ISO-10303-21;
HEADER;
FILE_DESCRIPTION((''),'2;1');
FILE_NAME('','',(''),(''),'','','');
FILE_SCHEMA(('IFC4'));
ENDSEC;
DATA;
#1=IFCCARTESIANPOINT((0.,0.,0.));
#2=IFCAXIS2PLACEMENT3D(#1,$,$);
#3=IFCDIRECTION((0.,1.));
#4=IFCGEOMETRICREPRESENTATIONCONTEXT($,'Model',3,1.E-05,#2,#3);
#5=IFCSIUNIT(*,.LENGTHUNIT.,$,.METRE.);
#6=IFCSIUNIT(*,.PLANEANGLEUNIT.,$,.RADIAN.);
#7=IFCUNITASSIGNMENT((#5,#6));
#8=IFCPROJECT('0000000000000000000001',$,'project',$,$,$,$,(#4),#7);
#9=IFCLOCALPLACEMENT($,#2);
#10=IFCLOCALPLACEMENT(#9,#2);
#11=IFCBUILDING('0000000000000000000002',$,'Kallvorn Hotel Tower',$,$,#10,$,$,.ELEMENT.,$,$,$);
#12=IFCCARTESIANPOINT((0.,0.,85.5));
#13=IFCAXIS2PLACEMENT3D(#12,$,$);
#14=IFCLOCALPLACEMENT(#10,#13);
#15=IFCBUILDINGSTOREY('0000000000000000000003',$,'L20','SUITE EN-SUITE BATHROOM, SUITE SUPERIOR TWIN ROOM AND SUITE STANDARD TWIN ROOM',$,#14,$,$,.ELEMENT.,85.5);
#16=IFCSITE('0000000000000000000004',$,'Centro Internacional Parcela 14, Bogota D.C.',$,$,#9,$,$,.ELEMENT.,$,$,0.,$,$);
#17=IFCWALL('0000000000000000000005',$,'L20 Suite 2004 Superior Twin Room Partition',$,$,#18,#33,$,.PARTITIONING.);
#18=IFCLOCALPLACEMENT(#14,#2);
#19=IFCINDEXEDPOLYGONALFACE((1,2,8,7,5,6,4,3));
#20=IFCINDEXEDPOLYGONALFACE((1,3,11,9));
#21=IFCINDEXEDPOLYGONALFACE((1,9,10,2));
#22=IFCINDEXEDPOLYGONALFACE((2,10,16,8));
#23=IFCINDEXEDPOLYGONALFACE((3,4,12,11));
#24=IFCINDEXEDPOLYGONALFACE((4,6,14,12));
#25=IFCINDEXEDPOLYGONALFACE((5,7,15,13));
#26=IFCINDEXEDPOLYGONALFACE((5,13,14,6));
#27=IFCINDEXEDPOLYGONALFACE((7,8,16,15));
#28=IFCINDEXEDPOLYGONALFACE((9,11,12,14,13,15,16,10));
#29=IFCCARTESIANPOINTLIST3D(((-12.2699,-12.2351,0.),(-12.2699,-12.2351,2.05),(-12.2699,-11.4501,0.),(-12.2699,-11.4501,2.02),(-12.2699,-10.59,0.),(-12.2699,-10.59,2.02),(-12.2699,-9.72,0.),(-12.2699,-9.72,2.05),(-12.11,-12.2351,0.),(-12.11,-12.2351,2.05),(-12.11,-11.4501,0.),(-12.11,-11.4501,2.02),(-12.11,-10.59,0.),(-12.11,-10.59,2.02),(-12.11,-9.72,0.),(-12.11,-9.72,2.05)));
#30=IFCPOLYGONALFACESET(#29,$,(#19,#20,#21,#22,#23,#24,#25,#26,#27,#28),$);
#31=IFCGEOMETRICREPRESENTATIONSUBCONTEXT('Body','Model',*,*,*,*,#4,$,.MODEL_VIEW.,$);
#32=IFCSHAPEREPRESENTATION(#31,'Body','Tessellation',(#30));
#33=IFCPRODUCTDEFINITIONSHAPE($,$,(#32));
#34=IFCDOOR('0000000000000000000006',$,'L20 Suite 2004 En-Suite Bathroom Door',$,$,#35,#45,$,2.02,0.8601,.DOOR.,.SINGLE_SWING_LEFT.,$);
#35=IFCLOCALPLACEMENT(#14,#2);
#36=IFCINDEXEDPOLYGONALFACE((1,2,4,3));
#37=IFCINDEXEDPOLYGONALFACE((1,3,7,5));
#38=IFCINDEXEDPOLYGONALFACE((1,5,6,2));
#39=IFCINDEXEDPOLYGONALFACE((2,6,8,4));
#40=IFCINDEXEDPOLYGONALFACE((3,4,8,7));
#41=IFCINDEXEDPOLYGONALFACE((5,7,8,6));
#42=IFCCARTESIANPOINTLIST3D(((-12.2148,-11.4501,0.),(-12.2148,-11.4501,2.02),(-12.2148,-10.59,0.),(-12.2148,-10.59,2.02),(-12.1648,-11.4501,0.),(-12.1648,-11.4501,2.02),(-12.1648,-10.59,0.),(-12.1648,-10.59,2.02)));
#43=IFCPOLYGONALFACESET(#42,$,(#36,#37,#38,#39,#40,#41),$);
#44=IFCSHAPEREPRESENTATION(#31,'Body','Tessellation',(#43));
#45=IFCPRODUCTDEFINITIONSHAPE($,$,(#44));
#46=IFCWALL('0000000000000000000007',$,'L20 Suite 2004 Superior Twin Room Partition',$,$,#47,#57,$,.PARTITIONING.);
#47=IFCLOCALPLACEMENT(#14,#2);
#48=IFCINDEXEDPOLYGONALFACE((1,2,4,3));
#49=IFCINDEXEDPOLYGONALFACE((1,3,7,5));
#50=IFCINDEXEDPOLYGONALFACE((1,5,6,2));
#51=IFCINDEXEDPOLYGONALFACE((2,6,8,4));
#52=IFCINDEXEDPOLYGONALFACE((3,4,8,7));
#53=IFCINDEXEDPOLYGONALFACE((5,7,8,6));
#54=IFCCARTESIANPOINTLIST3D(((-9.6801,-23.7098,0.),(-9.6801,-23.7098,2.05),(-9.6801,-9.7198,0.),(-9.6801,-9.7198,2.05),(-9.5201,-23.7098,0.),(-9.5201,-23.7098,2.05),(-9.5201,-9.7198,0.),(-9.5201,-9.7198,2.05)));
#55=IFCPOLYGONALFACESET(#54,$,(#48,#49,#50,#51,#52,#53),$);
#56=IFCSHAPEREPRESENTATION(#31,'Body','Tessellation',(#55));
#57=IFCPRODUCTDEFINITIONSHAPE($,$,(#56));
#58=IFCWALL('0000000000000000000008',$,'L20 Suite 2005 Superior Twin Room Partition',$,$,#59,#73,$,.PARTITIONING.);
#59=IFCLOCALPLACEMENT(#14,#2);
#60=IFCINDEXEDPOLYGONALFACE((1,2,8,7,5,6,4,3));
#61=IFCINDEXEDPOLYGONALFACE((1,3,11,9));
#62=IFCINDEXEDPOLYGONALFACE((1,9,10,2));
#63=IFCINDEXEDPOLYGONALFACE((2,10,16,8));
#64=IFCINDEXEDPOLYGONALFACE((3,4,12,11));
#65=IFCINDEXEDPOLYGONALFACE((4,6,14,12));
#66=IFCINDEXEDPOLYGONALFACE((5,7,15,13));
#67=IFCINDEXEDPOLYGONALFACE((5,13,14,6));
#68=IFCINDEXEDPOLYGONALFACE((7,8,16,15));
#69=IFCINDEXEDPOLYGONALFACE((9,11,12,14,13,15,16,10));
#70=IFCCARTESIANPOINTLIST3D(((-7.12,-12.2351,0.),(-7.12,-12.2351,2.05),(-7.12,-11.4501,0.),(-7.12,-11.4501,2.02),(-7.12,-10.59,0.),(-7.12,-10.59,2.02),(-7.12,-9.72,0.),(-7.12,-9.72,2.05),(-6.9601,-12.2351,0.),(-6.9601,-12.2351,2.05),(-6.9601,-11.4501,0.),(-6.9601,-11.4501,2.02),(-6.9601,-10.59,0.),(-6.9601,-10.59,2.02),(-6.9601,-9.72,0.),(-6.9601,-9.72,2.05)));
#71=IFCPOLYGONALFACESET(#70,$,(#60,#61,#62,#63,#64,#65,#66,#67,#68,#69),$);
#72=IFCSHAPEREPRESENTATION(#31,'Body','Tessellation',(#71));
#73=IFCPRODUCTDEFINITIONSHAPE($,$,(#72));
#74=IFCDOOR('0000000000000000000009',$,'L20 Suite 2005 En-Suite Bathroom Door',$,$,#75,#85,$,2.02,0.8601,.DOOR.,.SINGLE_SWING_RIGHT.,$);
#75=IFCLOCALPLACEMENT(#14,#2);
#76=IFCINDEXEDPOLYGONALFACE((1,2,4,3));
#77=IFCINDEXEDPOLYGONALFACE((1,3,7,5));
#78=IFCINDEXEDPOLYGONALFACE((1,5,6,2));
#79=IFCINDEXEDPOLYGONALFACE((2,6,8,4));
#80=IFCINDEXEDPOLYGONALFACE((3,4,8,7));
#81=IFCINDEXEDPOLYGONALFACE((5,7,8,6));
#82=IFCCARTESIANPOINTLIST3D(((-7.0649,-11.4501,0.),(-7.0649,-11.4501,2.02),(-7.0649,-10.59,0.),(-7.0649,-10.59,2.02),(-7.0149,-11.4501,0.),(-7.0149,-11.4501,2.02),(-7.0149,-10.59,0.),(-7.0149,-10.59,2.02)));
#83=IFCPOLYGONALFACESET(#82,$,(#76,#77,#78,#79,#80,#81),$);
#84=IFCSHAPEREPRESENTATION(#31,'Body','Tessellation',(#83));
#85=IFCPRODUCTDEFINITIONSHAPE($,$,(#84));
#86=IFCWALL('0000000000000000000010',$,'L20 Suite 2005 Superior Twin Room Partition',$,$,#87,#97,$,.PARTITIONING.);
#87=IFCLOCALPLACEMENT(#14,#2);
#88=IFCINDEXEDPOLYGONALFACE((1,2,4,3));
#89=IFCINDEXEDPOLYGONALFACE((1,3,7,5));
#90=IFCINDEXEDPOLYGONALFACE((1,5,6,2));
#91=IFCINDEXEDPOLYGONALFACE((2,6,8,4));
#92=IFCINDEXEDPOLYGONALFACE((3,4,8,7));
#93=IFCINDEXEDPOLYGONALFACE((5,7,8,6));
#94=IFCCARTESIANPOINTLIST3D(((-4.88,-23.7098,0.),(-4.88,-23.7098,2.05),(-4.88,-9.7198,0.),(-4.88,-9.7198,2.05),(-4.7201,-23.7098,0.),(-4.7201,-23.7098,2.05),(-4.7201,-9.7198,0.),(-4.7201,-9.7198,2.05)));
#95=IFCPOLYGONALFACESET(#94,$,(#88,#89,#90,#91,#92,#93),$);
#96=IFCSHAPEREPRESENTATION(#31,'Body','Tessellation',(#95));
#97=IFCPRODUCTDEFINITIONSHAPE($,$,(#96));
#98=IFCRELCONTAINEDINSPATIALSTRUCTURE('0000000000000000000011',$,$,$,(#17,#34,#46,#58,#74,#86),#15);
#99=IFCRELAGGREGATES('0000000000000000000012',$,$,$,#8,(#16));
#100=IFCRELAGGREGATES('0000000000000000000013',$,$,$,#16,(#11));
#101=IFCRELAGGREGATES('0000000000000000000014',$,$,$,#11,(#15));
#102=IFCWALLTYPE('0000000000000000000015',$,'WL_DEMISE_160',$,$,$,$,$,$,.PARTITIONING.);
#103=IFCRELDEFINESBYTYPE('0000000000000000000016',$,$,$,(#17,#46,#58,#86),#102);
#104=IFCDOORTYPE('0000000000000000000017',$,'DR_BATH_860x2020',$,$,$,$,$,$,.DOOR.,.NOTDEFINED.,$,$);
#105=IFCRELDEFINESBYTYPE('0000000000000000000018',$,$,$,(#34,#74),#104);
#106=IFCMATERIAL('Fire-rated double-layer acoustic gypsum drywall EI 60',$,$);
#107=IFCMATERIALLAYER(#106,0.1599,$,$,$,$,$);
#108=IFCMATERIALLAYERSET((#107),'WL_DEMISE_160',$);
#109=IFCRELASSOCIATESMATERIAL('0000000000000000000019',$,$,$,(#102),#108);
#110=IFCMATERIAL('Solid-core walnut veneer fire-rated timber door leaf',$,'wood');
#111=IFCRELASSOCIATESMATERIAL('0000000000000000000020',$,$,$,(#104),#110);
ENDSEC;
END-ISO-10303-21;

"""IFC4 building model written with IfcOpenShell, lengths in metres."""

from ifc_helpers import new_model, si_unit, direction, frame, frame_2d, origin, place, context, subcontext, project, spatial, rectangle, extrude, material, layer, layer_set, type_object, element, fill, save


model = new_model("IFC4")

# Units and contexts
model_context = context("Model", 3, precision=1e-05, world=origin(), true_north=direction((0.0, 1.0)))
body_context = subcontext(model_context, "Body", "Model", "MODEL_VIEW")
ifc_project = project(units=[si_unit("LENGTHUNIT", "METRE"), si_unit("PLANEANGLEUNIT", "RADIAN")], contexts=[model_context])

# Site, building, storey
site_placement = place(None, origin())
site = spatial("IfcSite", under=ifc_project, at=site_placement, Name="Centro Internacional Parcela 14, Bogota D.C.", CompositionType="ELEMENT", RefElevation=0.0)
building_placement = place(site_placement, origin())
building = spatial("IfcBuilding", under=site, at=building_placement, Name="Kallvorn Hotel Tower", CompositionType="ELEMENT")
storey_placement = place(building_placement, frame((0.0, 0.0, 85.5)))
storey = spatial("IfcBuildingStorey", under=building, at=storey_placement, Name="L20", Description="SUITE EN-SUITE BATHROOM, SUITE SUPERIOR TWIN ROOM AND SUITE STANDARD TWIN ROOM", CompositionType="ELEMENT", Elevation=85.5)

# Shared definitions
ifc_material_1 = material(Name="Fire-rated double-layer acoustic gypsum drywall EI 60")
ifc_layer_1 = layer(ifc_material_1, 0.1599)
ifc_layer_set_1 = layer_set([ifc_layer_1], Name="WL_DEMISE_160")
wall_type = type_object("IfcWallType", Name="WL_DEMISE_160", PredefinedType="PARTITIONING", material=ifc_layer_set_1)

# Wall, opening, door
wall_1_placement = place(storey_placement, frame((-12.1899, -12.2351, 0.0), z_axis=(0.0, 0.0, 1.0), x_axis=(0.0, 1.0, 0.0)))
wall_1 = element("IfcWall", 1, at=wall_1_placement, inside=storey, type_object=wall_type, Name="L20 Suite 2004 Superior Twin Room Partition", PredefinedType="PARTITIONING", context=body_context, shape_type="SweptSolid", body=[
    extrude(rectangle(XDim=2.5151, YDim=0.1599, at=frame_2d((1.2576, 0.0))), origin(), (0.0, 0.0, 1.0), 2.05),
])
opening_1_placement = place(wall_1_placement, frame((0.7849, 0.0, 0.0)))
opening_1 = element("IfcOpeningElement", 2, at=opening_1_placement, cuts=wall_1, PredefinedType="OPENING", context=body_context, shape_type="SweptSolid", body=[
    extrude(rectangle(XDim=0.8601, YDim=2.02, at=frame_2d((0.4302, 1.01))), frame((0.0, 0.095, 0.0), z_axis=(0.0, -1.0, 0.0), x_axis=(1.0, 0.0, 0.0)), (0.0, 0.0, 1.0), 0.1899),
])
ifc_material_2 = material(Name="Solid-core walnut veneer fire-rated timber door leaf", Category="wood")
door_type = type_object("IfcDoorType", Name="DR_BATH_860x2020", OperationType="NOTDEFINED", PredefinedType="DOOR", material=ifc_material_2)
door_1_placement = place(opening_1_placement, origin())
door_1 = element("IfcDoor", 3, at=door_1_placement, inside=storey, type_object=door_type, Name="L20 Suite 2004 En-Suite Bathroom Door", OperationType="SINGLE_SWING_LEFT", OverallHeight=2.02, OverallWidth=0.8601, PredefinedType="DOOR", context=body_context, shape_type="SweptSolid", body=[
    extrude(rectangle(XDim=0.8601, YDim=2.02, at=frame_2d((0.4302, 1.01))), frame((0.0, 0.0249, 0.0), z_axis=(0.0, -1.0, 0.0), x_axis=(1.0, 0.0, 0.0)), (0.0, 0.0, 1.0), 0.05),
])
fill(opening_1, door_1)

# Wall
wall_2_placement = place(storey_placement, frame((-9.6001, -23.71, 0.0), z_axis=(0.0, 0.0, 1.0), x_axis=(0.0, 1.0, 0.0)))
element("IfcWall", 4, at=wall_2_placement, inside=storey, type_object=wall_type, Name="L20 Suite 2004 Superior Twin Room Partition", PredefinedType="PARTITIONING", context=body_context, shape_type="SweptSolid", body=[
    extrude(rectangle(XDim=13.99, YDim=0.1599, at=frame_2d((6.9951, 0.0))), origin(), (0.0, 0.0, 1.0), 2.05),
])

# Wall, opening, door
wall_3_placement = place(storey_placement, frame((-7.04, -12.2351, 0.0), z_axis=(0.0, 0.0, 1.0), x_axis=(0.0, 1.0, 0.0)))
wall_3 = element("IfcWall", 5, at=wall_3_placement, inside=storey, type_object=wall_type, Name="L20 Suite 2005 Superior Twin Room Partition", PredefinedType="PARTITIONING", context=body_context, shape_type="SweptSolid", body=[
    extrude(rectangle(XDim=2.5151, YDim=0.1599, at=frame_2d((1.2576, 0.0))), origin(), (0.0, 0.0, 1.0), 2.05),
])
opening_2_placement = place(wall_3_placement, frame((0.7849, 0.0, 0.0)))
opening_2 = element("IfcOpeningElement", 6, at=opening_2_placement, cuts=wall_3, PredefinedType="OPENING", context=body_context, shape_type="SweptSolid", body=[
    extrude(rectangle(XDim=0.8601, YDim=2.02, at=frame_2d((0.4302, 1.01))), frame((0.0, 0.095, 0.0), z_axis=(0.0, -1.0, 0.0), x_axis=(1.0, 0.0, 0.0)), (0.0, 0.0, 1.0), 0.1899),
])
door_2_placement = place(opening_2_placement, origin())
door_2 = element("IfcDoor", 7, at=door_2_placement, inside=storey, type_object=door_type, Name="L20 Suite 2005 En-Suite Bathroom Door", OperationType="SINGLE_SWING_RIGHT", OverallHeight=2.02, OverallWidth=0.8601, PredefinedType="DOOR", context=body_context, shape_type="SweptSolid", body=[
    extrude(rectangle(XDim=0.8601, YDim=2.02, at=frame_2d((0.4302, 1.01))), frame((0.0, 0.0249, 0.0), z_axis=(0.0, -1.0, 0.0), x_axis=(1.0, 0.0, 0.0)), (0.0, 0.0, 1.0), 0.05),
])
fill(opening_2, door_2)

# Wall
wall_4_placement = place(storey_placement, frame((-4.8, -23.71, 0.0), z_axis=(0.0, 0.0, 1.0), x_axis=(0.0, 1.0, 0.0)))
element("IfcWall", 8, at=wall_4_placement, inside=storey, type_object=wall_type, Name="L20 Suite 2005 Superior Twin Room Partition", PredefinedType="PARTITIONING", context=body_context, shape_type="SweptSolid", body=[
    extrude(rectangle(XDim=13.99, YDim=0.1599, at=frame_2d((6.9951, 0.0))), origin(), (0.0, 0.0, 1.0), 2.05),
])

save(model, "model.ifc")
